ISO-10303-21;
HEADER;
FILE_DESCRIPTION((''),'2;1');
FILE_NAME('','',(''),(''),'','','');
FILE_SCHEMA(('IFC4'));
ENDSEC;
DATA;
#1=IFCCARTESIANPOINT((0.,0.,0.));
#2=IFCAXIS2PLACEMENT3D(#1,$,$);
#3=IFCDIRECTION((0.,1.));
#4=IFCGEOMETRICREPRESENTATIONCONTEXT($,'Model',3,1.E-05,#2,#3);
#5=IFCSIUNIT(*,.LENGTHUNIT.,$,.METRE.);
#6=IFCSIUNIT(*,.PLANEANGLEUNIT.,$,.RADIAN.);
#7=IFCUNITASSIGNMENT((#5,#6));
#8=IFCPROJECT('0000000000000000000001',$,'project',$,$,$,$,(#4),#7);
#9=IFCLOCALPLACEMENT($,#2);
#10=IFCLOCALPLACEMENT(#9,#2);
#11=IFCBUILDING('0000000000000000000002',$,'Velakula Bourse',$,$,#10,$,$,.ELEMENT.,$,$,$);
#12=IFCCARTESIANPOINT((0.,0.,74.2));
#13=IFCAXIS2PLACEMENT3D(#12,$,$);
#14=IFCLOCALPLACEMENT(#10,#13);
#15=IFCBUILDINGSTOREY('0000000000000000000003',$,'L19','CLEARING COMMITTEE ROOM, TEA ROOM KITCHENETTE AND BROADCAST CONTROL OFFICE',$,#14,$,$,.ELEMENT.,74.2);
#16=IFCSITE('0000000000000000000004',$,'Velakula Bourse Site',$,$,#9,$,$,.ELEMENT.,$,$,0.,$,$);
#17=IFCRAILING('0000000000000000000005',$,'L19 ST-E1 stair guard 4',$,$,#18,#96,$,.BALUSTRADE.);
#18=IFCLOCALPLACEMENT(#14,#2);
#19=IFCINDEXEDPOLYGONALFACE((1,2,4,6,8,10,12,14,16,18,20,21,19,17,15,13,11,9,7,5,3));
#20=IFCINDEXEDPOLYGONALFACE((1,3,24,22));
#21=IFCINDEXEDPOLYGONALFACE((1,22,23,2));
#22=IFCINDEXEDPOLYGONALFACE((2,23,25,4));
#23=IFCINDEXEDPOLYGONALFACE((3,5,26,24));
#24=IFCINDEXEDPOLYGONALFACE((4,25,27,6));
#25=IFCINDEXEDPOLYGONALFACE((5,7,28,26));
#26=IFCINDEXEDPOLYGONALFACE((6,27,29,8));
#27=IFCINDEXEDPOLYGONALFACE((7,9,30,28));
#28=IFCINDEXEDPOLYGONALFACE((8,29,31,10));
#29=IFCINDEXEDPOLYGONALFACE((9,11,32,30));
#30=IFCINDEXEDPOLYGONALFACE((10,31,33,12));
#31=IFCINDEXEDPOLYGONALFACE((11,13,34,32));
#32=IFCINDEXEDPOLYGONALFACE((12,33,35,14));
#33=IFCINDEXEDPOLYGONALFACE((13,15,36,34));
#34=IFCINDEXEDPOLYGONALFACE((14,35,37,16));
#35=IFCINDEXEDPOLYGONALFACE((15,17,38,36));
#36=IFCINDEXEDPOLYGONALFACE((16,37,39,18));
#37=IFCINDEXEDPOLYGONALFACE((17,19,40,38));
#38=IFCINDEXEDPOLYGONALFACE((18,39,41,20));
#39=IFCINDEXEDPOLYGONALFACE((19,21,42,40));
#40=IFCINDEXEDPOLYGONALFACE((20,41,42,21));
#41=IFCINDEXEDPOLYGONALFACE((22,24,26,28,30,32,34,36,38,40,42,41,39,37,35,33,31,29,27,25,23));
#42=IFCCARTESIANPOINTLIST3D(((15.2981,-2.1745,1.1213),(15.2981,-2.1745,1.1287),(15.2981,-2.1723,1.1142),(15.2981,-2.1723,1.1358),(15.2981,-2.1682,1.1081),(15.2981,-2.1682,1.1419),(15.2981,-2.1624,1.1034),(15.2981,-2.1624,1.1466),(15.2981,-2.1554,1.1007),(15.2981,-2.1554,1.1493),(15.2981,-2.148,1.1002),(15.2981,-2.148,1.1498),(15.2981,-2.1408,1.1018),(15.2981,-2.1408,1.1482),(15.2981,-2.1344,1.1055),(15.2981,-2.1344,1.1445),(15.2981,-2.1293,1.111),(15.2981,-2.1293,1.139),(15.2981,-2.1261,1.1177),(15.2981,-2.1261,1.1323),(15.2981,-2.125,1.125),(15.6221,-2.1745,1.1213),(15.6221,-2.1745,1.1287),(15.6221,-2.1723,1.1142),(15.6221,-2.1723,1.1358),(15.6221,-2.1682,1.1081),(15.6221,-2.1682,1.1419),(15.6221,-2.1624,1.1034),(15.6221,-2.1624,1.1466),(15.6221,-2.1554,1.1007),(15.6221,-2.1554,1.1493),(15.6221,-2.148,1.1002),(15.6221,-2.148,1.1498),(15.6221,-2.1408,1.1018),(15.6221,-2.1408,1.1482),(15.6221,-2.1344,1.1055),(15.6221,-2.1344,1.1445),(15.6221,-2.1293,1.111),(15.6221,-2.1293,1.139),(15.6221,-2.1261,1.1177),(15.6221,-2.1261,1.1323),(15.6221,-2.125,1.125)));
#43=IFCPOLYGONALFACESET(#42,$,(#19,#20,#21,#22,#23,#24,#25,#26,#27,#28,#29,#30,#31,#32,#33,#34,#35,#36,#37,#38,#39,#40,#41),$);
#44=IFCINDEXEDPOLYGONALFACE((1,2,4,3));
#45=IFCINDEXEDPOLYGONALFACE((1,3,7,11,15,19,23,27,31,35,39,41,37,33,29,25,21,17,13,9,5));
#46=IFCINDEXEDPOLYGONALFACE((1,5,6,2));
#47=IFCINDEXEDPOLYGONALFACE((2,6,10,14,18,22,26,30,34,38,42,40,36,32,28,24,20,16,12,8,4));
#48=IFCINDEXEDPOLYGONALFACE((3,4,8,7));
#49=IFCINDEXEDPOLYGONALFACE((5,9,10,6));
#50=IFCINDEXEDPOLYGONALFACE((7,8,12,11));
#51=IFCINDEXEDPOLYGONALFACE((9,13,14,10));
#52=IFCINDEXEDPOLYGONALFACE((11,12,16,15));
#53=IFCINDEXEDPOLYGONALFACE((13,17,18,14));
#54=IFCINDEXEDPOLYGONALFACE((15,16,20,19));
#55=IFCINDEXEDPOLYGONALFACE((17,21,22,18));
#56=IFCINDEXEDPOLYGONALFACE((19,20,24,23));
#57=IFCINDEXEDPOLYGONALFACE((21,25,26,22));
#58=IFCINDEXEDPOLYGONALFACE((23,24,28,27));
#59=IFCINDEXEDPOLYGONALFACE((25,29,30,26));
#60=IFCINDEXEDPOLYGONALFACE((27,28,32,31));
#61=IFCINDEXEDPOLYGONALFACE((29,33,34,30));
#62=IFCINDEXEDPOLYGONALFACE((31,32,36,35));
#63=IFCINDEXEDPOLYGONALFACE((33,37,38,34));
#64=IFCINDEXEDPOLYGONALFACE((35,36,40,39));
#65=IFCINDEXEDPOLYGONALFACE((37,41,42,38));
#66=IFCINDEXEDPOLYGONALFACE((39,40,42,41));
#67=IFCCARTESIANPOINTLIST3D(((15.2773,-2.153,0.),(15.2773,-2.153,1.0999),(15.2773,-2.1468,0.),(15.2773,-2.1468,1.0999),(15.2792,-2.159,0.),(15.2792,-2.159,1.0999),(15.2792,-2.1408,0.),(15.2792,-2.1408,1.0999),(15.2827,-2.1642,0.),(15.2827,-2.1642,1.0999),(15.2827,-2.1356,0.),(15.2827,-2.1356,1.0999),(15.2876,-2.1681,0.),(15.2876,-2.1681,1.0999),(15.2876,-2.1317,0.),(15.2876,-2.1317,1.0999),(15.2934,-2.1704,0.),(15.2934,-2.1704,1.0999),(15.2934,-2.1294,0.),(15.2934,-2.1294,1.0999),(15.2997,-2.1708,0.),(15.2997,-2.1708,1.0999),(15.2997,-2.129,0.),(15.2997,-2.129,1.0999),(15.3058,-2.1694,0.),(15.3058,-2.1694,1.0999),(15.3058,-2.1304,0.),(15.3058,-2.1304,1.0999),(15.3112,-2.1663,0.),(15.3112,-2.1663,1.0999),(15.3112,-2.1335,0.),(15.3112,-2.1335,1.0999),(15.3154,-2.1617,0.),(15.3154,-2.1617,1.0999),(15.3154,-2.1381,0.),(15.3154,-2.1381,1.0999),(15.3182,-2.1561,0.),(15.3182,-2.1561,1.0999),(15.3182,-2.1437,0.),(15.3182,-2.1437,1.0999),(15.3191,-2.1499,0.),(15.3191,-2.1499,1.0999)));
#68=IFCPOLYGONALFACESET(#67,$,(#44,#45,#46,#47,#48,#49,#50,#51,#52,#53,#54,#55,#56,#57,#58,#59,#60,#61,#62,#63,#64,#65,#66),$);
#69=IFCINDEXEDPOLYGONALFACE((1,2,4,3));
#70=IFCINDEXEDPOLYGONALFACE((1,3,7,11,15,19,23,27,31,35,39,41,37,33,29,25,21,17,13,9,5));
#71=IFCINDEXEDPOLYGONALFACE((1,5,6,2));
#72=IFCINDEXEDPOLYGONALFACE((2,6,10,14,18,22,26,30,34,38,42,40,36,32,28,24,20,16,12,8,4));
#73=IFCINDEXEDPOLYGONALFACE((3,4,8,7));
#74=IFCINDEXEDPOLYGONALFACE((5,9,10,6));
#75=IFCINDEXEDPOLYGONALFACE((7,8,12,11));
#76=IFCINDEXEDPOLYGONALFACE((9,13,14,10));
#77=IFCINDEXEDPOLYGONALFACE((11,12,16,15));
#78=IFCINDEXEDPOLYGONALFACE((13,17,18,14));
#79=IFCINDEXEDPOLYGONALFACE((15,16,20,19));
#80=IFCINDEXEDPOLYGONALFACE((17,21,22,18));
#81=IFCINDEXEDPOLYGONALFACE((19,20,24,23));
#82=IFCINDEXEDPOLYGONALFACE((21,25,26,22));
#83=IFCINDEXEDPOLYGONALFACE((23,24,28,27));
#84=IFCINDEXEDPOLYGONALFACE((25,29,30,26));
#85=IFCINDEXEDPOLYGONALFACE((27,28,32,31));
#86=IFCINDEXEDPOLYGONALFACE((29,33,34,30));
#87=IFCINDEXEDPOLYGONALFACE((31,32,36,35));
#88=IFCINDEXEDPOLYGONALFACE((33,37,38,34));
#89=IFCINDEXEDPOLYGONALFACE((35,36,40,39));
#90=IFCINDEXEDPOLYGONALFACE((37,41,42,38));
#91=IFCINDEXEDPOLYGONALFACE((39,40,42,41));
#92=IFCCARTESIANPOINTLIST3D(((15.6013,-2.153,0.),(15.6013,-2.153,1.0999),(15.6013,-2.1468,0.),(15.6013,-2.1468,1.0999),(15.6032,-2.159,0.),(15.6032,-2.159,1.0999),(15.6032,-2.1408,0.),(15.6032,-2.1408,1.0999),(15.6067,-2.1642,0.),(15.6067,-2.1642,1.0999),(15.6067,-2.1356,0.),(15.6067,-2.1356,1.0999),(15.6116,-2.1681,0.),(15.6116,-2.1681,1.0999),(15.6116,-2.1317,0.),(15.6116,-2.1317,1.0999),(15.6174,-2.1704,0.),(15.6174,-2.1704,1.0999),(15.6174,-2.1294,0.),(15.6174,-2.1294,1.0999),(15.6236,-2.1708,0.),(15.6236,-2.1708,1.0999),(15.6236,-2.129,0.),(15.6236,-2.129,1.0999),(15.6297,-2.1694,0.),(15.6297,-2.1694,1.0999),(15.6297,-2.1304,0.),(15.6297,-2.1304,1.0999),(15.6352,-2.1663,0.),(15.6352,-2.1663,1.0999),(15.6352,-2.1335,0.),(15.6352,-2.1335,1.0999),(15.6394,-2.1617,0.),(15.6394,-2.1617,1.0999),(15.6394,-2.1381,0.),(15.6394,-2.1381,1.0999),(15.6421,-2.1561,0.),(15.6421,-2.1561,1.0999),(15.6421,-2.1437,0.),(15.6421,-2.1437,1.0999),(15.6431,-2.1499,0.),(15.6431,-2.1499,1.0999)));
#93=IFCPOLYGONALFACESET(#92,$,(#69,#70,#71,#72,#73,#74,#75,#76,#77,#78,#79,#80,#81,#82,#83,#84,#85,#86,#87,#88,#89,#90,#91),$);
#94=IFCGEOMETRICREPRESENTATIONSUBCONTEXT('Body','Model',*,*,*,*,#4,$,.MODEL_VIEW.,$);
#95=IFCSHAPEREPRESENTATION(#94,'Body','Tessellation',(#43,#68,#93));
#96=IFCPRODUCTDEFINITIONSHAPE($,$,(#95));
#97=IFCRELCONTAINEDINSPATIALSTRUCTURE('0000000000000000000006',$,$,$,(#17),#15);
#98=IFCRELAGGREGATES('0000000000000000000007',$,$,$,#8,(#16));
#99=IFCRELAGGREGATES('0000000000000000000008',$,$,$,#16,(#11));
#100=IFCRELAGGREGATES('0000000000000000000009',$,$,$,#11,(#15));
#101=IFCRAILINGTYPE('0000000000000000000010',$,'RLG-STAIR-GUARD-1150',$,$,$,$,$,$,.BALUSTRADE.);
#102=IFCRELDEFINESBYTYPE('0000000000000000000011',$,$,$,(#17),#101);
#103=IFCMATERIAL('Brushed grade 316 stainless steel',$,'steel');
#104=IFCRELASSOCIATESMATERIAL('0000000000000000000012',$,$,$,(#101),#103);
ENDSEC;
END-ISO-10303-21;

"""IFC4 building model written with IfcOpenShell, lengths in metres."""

from ifc_helpers import new_model, si_unit, direction, frame, origin, origin_2d, place, context, subcontext, project, spatial, circle, extrude, material, type_object, element, save


model = new_model("IFC4")

# Units and contexts
model_context = context("Model", 3, precision=1e-05, world=origin(), true_north=direction((0.0, 1.0)))
body_context = subcontext(model_context, "Body", "Model", "MODEL_VIEW")
ifc_project = project(units=[si_unit("LENGTHUNIT", "METRE"), si_unit("PLANEANGLEUNIT", "RADIAN")], contexts=[model_context])

# Site, building, storey
site_placement = place(None, origin())
site = spatial("IfcSite", under=ifc_project, at=site_placement, Name="Velakula Bourse Site", CompositionType="ELEMENT", RefElevation=0.0)
building_placement = place(site_placement, origin())
building = spatial("IfcBuilding", under=site, at=building_placement, Name="Velakula Bourse", CompositionType="ELEMENT")
storey_placement = place(building_placement, frame((0.0, 0.0, 74.2)))
storey = spatial("IfcBuildingStorey", under=building, at=storey_placement, Name="L19", Description="CLEARING COMMITTEE ROOM, TEA ROOM KITCHENETTE AND BROADCAST CONTROL OFFICE", CompositionType="ELEMENT", Elevation=74.2)

# Shared definitions
ifc_material_1 = material(Name="Brushed grade 316 stainless steel", Category="steel")

# Railing
railing_type_1 = type_object("IfcRailingType", Name="RLG-STAIR-GUARD-1150", PredefinedType="BALUSTRADE", material=ifc_material_1)
railing_1_placement = place(storey_placement, frame((15.2981, -2.1499, 0.0)))
element("IfcRailing", 1, at=railing_1_placement, inside=storey, type_object=railing_type_1, Name="L19 ST-E1 stair guard 4", PredefinedType="BALUSTRADE", context=body_context, shape_type="SweptSolid", body=[
    extrude(circle(Radius=0.0249, at=origin_2d()), frame((0.0, 0.0, 1.125), z_axis=(1.0, 0.0, 0.0), x_axis=(0.0, 1.0, 0.0)), (0.0, 0.0, 1.0), 0.324),
    extrude(circle(Radius=0.021, at=origin_2d()), origin(), (0.0, 0.0, 1.0), 1.0999),
    extrude(circle(Radius=0.021, at=origin_2d()), frame((0.324, 0.0, 0.0)), (0.0, 0.0, 1.0), 1.0999),
])

save(model, "model.ifc")
